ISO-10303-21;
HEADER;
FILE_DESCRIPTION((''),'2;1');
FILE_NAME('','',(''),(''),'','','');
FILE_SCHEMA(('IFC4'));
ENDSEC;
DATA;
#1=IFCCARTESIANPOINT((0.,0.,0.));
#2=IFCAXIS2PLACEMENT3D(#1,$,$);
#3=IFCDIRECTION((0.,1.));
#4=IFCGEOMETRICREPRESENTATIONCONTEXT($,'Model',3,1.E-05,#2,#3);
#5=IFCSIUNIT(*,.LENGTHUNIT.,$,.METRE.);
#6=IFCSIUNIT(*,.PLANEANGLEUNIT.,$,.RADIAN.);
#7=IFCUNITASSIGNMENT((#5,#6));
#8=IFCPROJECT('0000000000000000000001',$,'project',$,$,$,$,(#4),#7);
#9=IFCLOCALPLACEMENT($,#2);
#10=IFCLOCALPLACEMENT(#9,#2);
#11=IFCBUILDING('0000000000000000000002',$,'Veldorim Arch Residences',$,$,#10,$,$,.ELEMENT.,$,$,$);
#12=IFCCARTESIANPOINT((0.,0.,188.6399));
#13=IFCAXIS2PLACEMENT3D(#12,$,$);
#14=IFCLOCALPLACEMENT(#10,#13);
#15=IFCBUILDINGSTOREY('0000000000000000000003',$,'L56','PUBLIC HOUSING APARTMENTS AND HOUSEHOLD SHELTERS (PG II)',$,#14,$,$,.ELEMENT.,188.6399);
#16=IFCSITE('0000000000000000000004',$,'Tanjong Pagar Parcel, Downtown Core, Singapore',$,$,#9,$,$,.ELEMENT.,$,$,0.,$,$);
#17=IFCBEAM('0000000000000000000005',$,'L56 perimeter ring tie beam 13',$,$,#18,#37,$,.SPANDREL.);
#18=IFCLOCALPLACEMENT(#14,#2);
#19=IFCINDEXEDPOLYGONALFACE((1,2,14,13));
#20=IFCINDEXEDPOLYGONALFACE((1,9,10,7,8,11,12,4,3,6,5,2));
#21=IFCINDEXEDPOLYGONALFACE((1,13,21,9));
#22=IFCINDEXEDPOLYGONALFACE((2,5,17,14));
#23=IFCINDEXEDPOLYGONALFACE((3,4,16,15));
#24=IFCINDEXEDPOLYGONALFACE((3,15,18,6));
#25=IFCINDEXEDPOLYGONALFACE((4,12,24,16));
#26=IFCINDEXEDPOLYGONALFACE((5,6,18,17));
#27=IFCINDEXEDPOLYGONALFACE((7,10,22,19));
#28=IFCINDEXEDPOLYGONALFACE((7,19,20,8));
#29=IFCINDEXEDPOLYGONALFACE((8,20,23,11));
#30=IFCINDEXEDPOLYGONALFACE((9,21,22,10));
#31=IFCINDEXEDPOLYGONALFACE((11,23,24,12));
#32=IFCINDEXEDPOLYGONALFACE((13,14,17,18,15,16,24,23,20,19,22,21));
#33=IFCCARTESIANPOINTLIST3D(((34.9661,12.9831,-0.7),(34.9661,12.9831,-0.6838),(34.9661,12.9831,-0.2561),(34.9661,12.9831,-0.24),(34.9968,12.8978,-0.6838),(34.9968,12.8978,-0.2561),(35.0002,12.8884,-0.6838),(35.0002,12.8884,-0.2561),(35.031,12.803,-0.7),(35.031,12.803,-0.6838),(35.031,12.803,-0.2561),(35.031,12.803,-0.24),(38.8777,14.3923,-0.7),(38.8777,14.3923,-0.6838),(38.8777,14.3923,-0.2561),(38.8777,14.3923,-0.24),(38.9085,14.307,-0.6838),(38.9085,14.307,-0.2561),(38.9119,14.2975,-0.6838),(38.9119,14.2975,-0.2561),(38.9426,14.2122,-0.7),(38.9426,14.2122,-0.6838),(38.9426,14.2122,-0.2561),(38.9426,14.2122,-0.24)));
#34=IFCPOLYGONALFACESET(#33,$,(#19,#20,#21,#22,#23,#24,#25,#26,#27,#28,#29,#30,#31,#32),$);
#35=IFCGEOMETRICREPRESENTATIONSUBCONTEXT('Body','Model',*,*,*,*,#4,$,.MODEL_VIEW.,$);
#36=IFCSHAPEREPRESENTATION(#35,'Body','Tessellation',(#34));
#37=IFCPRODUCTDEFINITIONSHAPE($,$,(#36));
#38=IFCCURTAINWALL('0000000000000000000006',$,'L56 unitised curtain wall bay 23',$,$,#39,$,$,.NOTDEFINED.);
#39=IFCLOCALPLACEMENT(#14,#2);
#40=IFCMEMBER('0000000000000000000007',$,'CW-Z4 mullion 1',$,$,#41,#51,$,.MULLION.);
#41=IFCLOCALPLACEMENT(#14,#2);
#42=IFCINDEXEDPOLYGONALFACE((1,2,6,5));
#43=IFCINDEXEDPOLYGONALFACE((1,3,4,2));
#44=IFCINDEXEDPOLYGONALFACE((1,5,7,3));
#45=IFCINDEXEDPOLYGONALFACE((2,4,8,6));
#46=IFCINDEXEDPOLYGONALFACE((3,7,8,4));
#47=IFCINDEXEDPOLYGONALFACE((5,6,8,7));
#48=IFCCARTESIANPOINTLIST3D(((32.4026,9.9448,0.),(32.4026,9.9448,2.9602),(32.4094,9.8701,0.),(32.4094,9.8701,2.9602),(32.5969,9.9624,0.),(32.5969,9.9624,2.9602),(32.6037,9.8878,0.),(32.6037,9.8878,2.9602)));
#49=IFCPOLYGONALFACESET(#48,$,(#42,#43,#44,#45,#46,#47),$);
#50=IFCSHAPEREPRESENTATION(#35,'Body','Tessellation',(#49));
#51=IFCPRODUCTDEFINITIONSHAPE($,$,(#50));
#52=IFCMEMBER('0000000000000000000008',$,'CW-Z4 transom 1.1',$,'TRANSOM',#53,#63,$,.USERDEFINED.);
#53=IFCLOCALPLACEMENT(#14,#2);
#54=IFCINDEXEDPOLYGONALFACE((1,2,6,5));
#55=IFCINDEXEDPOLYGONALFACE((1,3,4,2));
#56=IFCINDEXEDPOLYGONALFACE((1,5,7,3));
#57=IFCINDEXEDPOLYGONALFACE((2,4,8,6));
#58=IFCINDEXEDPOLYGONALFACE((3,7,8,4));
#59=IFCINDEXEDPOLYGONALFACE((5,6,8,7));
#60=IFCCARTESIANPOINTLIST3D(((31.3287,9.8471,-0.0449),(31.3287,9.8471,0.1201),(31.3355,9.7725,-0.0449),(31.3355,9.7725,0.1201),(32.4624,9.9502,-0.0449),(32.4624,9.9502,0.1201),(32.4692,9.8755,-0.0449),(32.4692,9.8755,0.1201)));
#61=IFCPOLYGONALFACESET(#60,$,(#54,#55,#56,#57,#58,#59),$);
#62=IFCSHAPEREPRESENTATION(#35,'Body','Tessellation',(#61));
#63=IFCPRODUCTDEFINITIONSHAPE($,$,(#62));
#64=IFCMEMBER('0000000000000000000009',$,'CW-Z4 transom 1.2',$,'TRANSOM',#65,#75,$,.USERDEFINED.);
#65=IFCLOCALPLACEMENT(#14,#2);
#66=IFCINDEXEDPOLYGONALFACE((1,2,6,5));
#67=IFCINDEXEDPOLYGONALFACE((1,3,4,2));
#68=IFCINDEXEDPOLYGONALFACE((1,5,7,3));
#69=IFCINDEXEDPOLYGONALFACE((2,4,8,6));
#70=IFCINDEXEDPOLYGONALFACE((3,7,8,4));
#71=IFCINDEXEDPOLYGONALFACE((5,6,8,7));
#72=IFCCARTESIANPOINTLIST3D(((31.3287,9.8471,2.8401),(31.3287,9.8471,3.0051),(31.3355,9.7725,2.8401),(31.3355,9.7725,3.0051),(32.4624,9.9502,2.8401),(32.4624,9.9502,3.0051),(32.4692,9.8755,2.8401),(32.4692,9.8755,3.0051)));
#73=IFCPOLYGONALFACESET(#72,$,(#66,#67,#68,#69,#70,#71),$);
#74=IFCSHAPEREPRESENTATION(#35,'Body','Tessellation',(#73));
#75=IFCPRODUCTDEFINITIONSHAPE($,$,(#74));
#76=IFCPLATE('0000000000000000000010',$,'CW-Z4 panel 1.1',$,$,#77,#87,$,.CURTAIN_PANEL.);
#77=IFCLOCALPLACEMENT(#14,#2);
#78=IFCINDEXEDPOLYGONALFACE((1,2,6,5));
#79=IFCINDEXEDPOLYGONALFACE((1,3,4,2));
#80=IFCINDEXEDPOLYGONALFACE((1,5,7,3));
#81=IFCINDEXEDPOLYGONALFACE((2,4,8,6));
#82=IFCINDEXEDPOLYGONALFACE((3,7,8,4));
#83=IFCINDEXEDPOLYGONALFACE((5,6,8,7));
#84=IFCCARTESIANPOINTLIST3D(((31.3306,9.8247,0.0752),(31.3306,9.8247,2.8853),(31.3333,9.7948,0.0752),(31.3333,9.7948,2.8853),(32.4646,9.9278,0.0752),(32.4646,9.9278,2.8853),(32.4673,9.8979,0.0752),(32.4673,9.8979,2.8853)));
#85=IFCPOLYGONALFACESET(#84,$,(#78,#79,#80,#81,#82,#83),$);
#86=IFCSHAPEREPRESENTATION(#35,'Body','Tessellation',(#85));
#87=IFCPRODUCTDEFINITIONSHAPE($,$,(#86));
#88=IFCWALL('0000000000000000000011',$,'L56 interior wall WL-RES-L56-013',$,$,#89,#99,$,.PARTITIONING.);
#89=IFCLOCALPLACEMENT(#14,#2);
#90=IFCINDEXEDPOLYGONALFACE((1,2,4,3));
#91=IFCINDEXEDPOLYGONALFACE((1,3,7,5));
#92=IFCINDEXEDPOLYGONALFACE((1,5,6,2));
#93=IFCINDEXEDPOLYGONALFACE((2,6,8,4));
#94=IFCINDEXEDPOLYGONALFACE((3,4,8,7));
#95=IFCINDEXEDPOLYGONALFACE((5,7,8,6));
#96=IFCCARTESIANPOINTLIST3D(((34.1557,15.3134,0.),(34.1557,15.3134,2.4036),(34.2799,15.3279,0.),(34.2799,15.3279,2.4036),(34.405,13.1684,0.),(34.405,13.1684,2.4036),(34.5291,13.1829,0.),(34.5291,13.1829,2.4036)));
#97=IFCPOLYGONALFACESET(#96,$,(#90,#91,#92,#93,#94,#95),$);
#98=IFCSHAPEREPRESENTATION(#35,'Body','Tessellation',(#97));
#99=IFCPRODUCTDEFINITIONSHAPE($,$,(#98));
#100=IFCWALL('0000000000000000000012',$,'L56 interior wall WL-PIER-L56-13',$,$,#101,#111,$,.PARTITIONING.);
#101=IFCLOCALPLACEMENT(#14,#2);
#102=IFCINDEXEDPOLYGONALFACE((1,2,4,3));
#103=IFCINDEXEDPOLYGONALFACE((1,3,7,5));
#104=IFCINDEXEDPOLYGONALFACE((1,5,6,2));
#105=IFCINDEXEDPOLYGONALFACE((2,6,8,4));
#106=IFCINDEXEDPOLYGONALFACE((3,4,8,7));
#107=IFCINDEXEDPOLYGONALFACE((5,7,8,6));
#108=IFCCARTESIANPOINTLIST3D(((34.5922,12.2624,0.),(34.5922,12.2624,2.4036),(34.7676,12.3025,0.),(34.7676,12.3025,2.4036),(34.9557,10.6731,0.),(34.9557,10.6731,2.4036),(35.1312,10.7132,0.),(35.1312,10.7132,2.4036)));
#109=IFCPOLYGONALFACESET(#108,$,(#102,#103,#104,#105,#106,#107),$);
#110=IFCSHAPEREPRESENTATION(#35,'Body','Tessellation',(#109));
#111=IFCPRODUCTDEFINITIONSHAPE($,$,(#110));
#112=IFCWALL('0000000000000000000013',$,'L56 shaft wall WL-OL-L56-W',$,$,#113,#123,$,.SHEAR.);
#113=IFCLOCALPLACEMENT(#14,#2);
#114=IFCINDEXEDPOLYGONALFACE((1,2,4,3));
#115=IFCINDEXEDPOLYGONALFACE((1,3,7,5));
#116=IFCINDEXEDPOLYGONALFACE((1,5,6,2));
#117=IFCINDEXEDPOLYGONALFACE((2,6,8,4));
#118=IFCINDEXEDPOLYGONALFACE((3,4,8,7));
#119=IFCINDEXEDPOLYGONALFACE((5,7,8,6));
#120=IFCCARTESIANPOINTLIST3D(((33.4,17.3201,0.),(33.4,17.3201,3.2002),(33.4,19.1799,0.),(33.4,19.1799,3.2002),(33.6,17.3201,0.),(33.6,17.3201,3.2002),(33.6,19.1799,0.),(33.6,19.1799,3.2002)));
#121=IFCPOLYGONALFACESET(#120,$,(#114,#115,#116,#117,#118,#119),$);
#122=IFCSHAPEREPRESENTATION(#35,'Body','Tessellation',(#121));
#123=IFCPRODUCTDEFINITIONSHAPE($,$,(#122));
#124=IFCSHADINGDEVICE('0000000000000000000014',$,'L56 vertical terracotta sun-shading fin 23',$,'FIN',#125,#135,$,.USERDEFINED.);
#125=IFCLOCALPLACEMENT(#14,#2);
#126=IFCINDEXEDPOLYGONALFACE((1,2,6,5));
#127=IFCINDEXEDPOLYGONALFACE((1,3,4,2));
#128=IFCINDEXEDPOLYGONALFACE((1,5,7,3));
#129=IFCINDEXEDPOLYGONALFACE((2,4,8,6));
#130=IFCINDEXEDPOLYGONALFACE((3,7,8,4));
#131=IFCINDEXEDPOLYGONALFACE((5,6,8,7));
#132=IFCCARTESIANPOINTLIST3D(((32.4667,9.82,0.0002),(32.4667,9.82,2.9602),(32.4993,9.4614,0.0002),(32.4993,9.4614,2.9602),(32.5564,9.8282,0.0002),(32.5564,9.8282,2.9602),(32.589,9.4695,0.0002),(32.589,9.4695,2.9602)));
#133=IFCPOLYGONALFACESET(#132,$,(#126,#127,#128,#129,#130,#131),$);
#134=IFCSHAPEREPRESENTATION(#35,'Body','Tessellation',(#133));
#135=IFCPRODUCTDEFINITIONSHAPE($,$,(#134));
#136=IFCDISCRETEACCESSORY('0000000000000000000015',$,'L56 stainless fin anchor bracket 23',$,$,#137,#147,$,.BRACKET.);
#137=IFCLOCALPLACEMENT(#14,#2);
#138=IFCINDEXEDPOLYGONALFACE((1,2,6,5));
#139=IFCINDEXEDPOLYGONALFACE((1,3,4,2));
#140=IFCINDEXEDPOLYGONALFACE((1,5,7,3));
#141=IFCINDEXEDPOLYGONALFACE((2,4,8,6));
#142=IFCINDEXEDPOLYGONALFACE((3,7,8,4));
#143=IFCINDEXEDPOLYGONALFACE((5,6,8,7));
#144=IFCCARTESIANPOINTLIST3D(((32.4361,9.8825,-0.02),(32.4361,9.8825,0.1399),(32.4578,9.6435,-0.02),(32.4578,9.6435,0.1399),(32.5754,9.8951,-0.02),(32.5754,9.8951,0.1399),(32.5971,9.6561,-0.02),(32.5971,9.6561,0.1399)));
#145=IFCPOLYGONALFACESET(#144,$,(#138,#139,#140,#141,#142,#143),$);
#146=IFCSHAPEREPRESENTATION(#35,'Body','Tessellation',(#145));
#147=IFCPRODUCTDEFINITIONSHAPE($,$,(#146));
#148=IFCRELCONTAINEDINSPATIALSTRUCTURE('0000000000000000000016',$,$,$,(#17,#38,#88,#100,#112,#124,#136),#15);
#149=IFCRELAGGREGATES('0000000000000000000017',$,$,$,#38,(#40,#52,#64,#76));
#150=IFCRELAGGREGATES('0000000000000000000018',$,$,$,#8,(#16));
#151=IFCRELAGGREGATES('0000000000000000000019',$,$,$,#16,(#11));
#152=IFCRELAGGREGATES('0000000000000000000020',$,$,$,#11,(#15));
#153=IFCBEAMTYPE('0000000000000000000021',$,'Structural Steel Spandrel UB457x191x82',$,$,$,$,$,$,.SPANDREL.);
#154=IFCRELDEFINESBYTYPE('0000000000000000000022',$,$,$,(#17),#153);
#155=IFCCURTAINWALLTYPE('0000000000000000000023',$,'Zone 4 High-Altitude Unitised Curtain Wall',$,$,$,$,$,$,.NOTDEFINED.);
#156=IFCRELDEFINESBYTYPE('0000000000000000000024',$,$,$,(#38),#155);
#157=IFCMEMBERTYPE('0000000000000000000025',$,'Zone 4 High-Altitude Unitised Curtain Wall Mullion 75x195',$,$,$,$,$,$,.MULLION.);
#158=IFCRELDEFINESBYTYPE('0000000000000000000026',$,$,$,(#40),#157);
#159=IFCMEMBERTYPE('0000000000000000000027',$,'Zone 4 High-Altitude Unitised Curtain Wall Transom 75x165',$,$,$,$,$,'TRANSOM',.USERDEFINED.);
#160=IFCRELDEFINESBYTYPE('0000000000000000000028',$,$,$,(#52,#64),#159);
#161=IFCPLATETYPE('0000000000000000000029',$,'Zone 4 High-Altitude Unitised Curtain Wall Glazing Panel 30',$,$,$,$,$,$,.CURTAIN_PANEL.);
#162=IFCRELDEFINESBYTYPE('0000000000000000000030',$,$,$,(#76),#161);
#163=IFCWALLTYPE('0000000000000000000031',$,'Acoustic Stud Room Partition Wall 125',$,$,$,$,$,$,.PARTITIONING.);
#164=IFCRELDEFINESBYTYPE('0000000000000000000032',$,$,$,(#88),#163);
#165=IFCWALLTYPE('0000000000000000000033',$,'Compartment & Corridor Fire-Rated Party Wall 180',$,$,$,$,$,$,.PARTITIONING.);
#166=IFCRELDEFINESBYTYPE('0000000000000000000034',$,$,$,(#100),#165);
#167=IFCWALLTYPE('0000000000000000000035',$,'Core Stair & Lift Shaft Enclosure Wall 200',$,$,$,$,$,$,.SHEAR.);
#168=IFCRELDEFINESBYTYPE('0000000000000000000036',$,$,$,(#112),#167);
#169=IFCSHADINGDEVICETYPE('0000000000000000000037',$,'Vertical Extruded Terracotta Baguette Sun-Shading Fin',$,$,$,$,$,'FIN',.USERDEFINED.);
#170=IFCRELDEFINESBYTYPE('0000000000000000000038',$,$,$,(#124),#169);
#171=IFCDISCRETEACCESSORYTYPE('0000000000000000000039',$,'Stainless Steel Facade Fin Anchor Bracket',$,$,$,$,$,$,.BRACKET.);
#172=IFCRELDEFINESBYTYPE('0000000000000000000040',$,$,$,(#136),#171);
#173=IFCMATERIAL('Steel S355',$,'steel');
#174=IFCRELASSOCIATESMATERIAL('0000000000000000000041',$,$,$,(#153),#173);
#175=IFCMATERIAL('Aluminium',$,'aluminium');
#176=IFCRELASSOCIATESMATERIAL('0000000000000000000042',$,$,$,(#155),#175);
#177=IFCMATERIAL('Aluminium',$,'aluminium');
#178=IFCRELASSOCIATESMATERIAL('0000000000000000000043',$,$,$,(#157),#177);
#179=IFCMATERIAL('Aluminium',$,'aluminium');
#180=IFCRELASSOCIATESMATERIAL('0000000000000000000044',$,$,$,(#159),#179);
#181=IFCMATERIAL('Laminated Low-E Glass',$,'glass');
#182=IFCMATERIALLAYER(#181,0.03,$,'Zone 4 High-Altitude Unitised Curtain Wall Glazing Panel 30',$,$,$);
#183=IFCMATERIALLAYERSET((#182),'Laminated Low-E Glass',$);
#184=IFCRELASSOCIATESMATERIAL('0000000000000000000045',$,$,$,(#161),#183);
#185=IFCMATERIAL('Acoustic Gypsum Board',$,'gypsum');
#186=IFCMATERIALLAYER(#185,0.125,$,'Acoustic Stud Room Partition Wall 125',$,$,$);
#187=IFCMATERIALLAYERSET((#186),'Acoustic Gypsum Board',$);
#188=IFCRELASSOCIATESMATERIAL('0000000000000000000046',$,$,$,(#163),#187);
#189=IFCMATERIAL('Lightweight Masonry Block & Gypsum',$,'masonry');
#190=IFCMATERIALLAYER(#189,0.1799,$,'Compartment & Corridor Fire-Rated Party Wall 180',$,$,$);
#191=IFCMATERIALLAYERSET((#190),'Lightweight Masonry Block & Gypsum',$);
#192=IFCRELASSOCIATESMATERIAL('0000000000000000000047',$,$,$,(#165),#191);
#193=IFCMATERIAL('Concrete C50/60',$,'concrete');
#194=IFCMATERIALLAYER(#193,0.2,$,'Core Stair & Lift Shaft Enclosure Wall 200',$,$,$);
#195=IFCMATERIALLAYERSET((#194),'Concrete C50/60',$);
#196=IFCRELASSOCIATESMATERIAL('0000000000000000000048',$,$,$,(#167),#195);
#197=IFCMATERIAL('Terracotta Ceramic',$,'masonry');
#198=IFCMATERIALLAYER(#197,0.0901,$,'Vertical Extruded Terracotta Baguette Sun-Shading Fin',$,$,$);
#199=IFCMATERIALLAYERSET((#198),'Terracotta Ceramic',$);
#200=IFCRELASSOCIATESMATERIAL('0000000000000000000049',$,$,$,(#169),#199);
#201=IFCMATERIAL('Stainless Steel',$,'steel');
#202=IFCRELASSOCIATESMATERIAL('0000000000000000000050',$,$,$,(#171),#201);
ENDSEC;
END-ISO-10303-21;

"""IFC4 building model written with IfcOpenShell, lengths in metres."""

from ifc_helpers import new_model, si_unit, direction, frame, frame_2d, origin, origin_2d, place, context, subcontext, project, spatial, rectangle, i_section, extrude, material, layer, layer_set, material_profile, profile_set, type_object, element, aggregate, save


model = new_model("IFC4")

# Units and contexts
model_context = context("Model", 3, precision=1e-05, world=origin(), true_north=direction((0.0, 1.0)))
body_context = subcontext(model_context, "Body", "Model", "MODEL_VIEW")
ifc_project = project(units=[si_unit("LENGTHUNIT", "METRE"), si_unit("PLANEANGLEUNIT", "RADIAN")], contexts=[model_context])

# Site, building, storey
site_placement = place(None, origin())
site = spatial("IfcSite", under=ifc_project, at=site_placement, Name="Tanjong Pagar Parcel, Downtown Core, Singapore", CompositionType="ELEMENT", RefElevation=0.0)
building_placement = place(site_placement, origin())
building = spatial("IfcBuilding", under=site, at=building_placement, Name="Veldorim Arch Residences", CompositionType="ELEMENT")
storey_placement = place(building_placement, frame((0.0, 0.0, 188.6399)))
storey = spatial("IfcBuildingStorey", under=building, at=storey_placement, Name="L56", Description="PUBLIC HOUSING APARTMENTS AND HOUSEHOLD SHELTERS (PG II)", CompositionType="ELEMENT", Elevation=188.6399)

# Beam
ifc_material_1 = material(Name="Steel S355", Category="steel")
ifc_material_profile_1 = material_profile(ifc_material_1, i_section(OverallWidth=0.1914, OverallDepth=0.46, WebThickness=0.01, FlangeThickness=0.0161, at=origin_2d()), Name="UB457x191x82")
ifc_profile_set_1 = profile_set([ifc_material_profile_1], Name="Steel S355")
beam_type_1 = type_object("IfcBeamType", Name="Structural Steel Spandrel UB457x191x82", PredefinedType="SPANDREL", material=ifc_profile_set_1)
beam_1_placement = place(storey_placement, frame((34.9985, 12.8931, -0.47), z_axis=(0.940811, 0.338932, 0.0), x_axis=(-0.338932, 0.940811, 0.0)))
element("IfcBeam", 1, at=beam_1_placement, inside=storey, type_object=beam_type_1, Name="L56 perimeter ring tie beam 13", PredefinedType="SPANDREL", context=body_context, shape_type="SweptSolid", body=[
    extrude(i_section(OverallWidth=0.1914, OverallDepth=0.46, WebThickness=0.01, FlangeThickness=0.0161, at=origin_2d()), origin(), (0.0, 0.0, 1.0), 4.1577),
])

# Curtain wall, members, plate
ifc_material_2 = material(Name="Aluminium", Category="aluminium")
curtain_wall_type = type_object("IfcCurtainWallType", Name="Zone 4 High-Altitude Unitised Curtain Wall", PredefinedType="NOTDEFINED", material=ifc_material_2)
curtain_wall_placement = place(storey_placement, origin())
curtain_wall = element("IfcCurtainWall", 2, at=curtain_wall_placement, inside=storey, type_object=curtain_wall_type, Name="L56 unitised curtain wall bay 23", PredefinedType="NOTDEFINED")
ifc_material_3 = material(Name="Aluminium", Category="aluminium")
ifc_material_profile_2 = material_profile(ifc_material_3, rectangle(XDim=0.075, YDim=0.1951, at=origin_2d()), Name="ALU_MUL_75x195")
ifc_profile_set_2 = profile_set([ifc_material_profile_2], Name="Aluminium")
member_type_1 = type_object("IfcMemberType", Name="Zone 4 High-Altitude Unitised Curtain Wall Mullion 75x195", PredefinedType="MULLION", material=ifc_profile_set_2)
member_1_placement = place(storey_placement, frame((32.5032, 9.9163, 0.0), z_axis=(0.0, 0.0, 1.0), x_axis=(0.090521, -0.995895, 0.0)))
member_1 = element("IfcMember", 3, at=member_1_placement, type_object=member_type_1, Name="CW-Z4 mullion 1", PredefinedType="MULLION", context=body_context, shape_type="SweptSolid", body=[
    extrude(rectangle(XDim=0.075, YDim=0.1951, at=origin_2d()), origin(), (0.0, 0.0, 1.0), 2.9602),
])
ifc_material_4 = material(Name="Aluminium", Category="aluminium")
ifc_material_profile_3 = material_profile(ifc_material_4, rectangle(XDim=0.075, YDim=0.165, at=origin_2d()), Name="ALU_TRN_75x165")
ifc_profile_set_3 = profile_set([ifc_material_profile_3], Name="Aluminium")
member_type_2 = type_object("IfcMemberType", Name="Zone 4 High-Altitude Unitised Curtain Wall Transom 75x165", ElementType="TRANSOM", PredefinedType="USERDEFINED", material=ifc_profile_set_3)
member_2_placement = place(storey_placement, frame((32.4658, 9.9128, 0.0376), z_axis=(-0.995897, -0.090497, 0.0), x_axis=(0.090497, -0.995897, 0.0)))
member_2 = element("IfcMember", 4, at=member_2_placement, type_object=member_type_2, Name="CW-Z4 transom 1.1", ObjectType="TRANSOM", PredefinedType="USERDEFINED", context=body_context, shape_type="SweptSolid", body=[
    extrude(rectangle(XDim=0.075, YDim=0.165, at=origin_2d()), origin(), (0.0, 0.0, 1.0), 1.1384),
])
member_3_placement = place(storey_placement, frame((32.4658, 9.9128, 2.9226), z_axis=(-0.995897, -0.090497, 0.0), x_axis=(0.090497, -0.995897, 0.0)))
member_3 = element("IfcMember", 5, at=member_3_placement, type_object=member_type_2, Name="CW-Z4 transom 1.2", ObjectType="TRANSOM", PredefinedType="USERDEFINED", context=body_context, shape_type="SweptSolid", body=[
    extrude(rectangle(XDim=0.075, YDim=0.165, at=origin_2d()), origin(), (0.0, 0.0, 1.0), 1.1384),
])
ifc_material_5 = material(Name="Laminated Low-E Glass", Category="glass")
ifc_layer_1 = layer(ifc_material_5, 0.03, Name="Zone 4 High-Altitude Unitised Curtain Wall Glazing Panel 30")
ifc_layer_set_1 = layer_set([ifc_layer_1], Name="Laminated Low-E Glass")
plate_type = type_object("IfcPlateType", Name="Zone 4 High-Altitude Unitised Curtain Wall Glazing Panel 30", PredefinedType="CURTAIN_PANEL", material=ifc_layer_set_1)
plate_placement = place(storey_placement, frame((31.8989, 9.8613, 0.0752), z_axis=(0.0, 0.0, 1.0), x_axis=(-0.995895, -0.090521, 0.0)))
plate = element("IfcPlate", 6, at=plate_placement, type_object=plate_type, Name="CW-Z4 panel 1.1", PredefinedType="CURTAIN_PANEL", context=body_context, shape_type="SweptSolid", body=[
    extrude(rectangle(XDim=1.1387, YDim=0.03, at=origin_2d()), origin(), (0.0, 0.0, 1.0), 2.8101),
])
aggregate(curtain_wall, [member_1, member_2, member_3, plate])

# Walls
ifc_material_6 = material(Name="Acoustic Gypsum Board", Category="gypsum")
ifc_layer_2 = layer(ifc_material_6, 0.125, Name="Acoustic Stud Room Partition Wall 125")
ifc_layer_set_2 = layer_set([ifc_layer_2], Name="Acoustic Gypsum Board")
wall_type_1 = type_object("IfcWallType", Name="Acoustic Stud Room Partition Wall 125", PredefinedType="PARTITIONING", material=ifc_layer_set_2)
wall_1_placement = place(storey_placement, frame((34.467, 13.1758, 0.0), z_axis=(0.0, 0.0, 1.0), x_axis=(-0.115431, 0.993316, 0.0)))
element("IfcWall", 7, at=wall_1_placement, inside=storey, type_object=wall_type_1, Name="L56 interior wall WL-RES-L56-013", PredefinedType="PARTITIONING", context=body_context, shape_type="SweptSolid", body=[
    extrude(rectangle(XDim=2.1594, YDim=0.125, at=frame_2d((1.0796, 0.0))), origin(), (0.0, 0.0, 1.0), 2.4036),
])
ifc_material_7 = material(Name="Lightweight Masonry Block & Gypsum", Category="masonry")
ifc_layer_3 = layer(ifc_material_7, 0.1799, Name="Compartment & Corridor Fire-Rated Party Wall 180")
ifc_layer_set_3 = layer_set([ifc_layer_3], Name="Lightweight Masonry Block & Gypsum")
wall_type_2 = type_object("IfcWallType", Name="Compartment & Corridor Fire-Rated Party Wall 180", PredefinedType="PARTITIONING", material=ifc_layer_set_3)
wall_2_placement = place(storey_placement, frame((34.6799, 12.2825, 0.0), z_axis=(0.0, 0.0, 1.0), x_axis=(0.222967, -0.974826, 0.0)))
element("IfcWall", 8, at=wall_2_placement, inside=storey, type_object=wall_type_2, Name="L56 interior wall WL-PIER-L56-13", PredefinedType="PARTITIONING", context=body_context, shape_type="SweptSolid", body=[
    extrude(rectangle(XDim=1.6304, YDim=0.1799, at=frame_2d((0.8152, 0.0))), origin(), (0.0, 0.0, 1.0), 2.4036),
])
ifc_material_8 = material(Name="Concrete C50/60", Category="concrete")
ifc_layer_4 = layer(ifc_material_8, 0.2, Name="Core Stair & Lift Shaft Enclosure Wall 200")
ifc_layer_set_4 = layer_set([ifc_layer_4], Name="Concrete C50/60")
wall_type_3 = type_object("IfcWallType", Name="Core Stair & Lift Shaft Enclosure Wall 200", PredefinedType="SHEAR", material=ifc_layer_set_4)
wall_3_placement = place(storey_placement, frame((33.5, 17.3201, 0.0), z_axis=(0.0, 0.0, 1.0), x_axis=(0.0, 1.0, 0.0)))
element("IfcWall", 9, at=wall_3_placement, inside=storey, type_object=wall_type_3, Name="L56 shaft wall WL-OL-L56-W", PredefinedType="SHEAR", context=body_context, shape_type="SweptSolid", body=[
    extrude(rectangle(XDim=1.8599, YDim=0.2, at=frame_2d((0.9299, 0.0))), origin(), (0.0, 0.0, 1.0), 3.2002),
])

# Shading device
ifc_material_9 = material(Name="Terracotta Ceramic", Category="masonry")
ifc_layer_5 = layer(ifc_material_9, 0.0901, Name="Vertical Extruded Terracotta Baguette Sun-Shading Fin")
ifc_layer_set_5 = layer_set([ifc_layer_5], Name="Terracotta Ceramic")
shading_device_type = type_object("IfcShadingDeviceType", Name="Vertical Extruded Terracotta Baguette Sun-Shading Fin", ElementType="FIN", PredefinedType="USERDEFINED", material=ifc_layer_set_5)
shading_device_placement = place(storey_placement, frame((32.5278, 9.6448, 0.0002), z_axis=(0.0, 0.0, 1.0), x_axis=(-0.9959, -0.090459, 0.0)))
element("IfcShadingDevice", 10, at=shading_device_placement, inside=storey, type_object=shading_device_type, Name="L56 vertical terracotta sun-shading fin 23", ObjectType="FIN", PredefinedType="USERDEFINED", context=body_context, shape_type="SweptSolid", body=[
    extrude(rectangle(XDim=0.0901, YDim=0.3601, at=origin_2d()), origin(), (0.0, 0.0, 1.0), 2.96),
])

# Discrete accessory
ifc_material_10 = material(Name="Stainless Steel", Category="steel")
discrete_accessory_type = type_object("IfcDiscreteAccessoryType", Name="Stainless Steel Facade Fin Anchor Bracket", PredefinedType="BRACKET", material=ifc_material_10)
discrete_accessory_placement = place(storey_placement, frame((32.5166, 9.7693, -0.02), z_axis=(0.0, 0.0, 1.0), x_axis=(-0.9959, -0.090459, 0.0)))
element("IfcDiscreteAccessory", 11, at=discrete_accessory_placement, inside=storey, type_object=discrete_accessory_type, Name="L56 stainless fin anchor bracket 23", PredefinedType="BRACKET", context=body_context, shape_type="SweptSolid", body=[
    extrude(rectangle(XDim=0.1399, YDim=0.24, at=origin_2d()), origin(), (0.0, 0.0, 1.0), 0.1599),
])

save(model, "model.ifc")
